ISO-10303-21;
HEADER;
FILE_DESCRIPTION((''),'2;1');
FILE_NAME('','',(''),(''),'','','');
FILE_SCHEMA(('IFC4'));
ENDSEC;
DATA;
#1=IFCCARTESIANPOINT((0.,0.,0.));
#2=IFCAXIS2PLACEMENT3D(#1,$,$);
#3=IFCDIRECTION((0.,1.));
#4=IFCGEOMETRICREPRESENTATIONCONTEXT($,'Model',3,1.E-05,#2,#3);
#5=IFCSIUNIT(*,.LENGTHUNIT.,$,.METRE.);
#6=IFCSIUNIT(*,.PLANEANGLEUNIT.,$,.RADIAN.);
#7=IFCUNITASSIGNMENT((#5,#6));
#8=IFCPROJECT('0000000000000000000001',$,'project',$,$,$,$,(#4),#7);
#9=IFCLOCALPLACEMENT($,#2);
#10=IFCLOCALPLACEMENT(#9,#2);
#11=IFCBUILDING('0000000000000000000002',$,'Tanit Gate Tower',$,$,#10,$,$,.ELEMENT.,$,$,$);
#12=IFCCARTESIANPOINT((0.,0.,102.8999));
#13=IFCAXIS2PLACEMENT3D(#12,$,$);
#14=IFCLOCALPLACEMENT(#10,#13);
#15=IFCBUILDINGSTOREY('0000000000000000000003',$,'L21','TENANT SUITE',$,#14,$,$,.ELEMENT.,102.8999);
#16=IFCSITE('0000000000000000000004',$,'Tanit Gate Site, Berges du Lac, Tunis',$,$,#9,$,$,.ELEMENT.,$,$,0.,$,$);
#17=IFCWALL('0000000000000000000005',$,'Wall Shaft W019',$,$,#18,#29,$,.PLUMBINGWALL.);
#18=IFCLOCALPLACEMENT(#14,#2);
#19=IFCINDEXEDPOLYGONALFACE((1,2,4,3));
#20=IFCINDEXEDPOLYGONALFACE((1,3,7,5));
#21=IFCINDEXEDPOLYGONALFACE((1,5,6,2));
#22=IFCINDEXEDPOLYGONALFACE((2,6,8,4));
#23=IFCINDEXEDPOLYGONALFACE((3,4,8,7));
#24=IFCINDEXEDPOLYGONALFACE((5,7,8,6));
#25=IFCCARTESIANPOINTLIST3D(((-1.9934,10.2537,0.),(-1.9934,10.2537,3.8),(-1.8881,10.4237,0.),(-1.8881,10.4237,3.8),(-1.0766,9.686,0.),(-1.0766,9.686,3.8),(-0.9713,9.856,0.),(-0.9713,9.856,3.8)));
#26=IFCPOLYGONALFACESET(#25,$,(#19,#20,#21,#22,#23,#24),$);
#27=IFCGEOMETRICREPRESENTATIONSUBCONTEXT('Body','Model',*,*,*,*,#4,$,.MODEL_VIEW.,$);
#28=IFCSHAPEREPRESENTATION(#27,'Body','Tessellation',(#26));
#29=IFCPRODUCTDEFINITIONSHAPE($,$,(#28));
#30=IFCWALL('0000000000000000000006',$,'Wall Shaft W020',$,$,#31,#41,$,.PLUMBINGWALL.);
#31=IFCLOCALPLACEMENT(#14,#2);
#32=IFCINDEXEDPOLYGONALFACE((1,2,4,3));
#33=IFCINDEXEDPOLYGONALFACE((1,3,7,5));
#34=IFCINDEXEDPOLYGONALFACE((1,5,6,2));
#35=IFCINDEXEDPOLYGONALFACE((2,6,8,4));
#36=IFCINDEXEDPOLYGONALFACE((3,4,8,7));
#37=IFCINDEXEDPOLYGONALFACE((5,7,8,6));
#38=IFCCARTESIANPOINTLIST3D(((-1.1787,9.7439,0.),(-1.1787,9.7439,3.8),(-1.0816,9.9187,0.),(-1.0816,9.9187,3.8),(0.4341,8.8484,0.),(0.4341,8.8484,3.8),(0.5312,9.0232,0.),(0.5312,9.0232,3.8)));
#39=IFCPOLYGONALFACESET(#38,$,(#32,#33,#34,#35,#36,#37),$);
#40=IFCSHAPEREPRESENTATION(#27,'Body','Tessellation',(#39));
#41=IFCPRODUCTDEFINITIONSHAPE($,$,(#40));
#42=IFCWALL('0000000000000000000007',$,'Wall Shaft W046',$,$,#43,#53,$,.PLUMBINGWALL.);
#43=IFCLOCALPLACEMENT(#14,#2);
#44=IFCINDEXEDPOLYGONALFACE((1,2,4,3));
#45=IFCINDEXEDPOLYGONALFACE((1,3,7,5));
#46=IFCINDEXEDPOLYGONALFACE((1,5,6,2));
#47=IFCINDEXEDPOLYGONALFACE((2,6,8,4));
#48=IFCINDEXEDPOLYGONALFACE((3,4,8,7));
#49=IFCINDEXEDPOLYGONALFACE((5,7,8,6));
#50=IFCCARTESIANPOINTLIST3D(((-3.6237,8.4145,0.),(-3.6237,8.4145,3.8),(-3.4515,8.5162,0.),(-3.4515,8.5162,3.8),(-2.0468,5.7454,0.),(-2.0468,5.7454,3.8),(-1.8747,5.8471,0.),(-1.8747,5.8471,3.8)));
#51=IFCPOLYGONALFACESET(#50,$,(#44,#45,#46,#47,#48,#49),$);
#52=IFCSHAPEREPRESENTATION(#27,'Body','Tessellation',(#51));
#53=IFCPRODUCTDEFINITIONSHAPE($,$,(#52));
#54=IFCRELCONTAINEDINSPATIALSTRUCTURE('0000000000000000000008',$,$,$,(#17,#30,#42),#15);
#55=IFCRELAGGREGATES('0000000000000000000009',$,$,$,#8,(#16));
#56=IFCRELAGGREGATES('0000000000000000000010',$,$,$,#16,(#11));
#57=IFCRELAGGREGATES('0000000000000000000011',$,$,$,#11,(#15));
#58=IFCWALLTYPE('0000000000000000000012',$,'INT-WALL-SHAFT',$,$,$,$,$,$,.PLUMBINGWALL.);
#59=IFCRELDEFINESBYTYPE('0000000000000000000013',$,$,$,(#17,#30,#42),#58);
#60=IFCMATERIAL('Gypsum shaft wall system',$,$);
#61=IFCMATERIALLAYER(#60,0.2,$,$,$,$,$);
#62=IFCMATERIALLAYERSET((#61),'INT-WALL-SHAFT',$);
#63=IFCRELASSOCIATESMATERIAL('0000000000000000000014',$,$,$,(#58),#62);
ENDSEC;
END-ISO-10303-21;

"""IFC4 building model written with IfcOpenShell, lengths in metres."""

from ifc_helpers import new_model, si_unit, direction, frame, frame_2d, origin, place, context, subcontext, project, spatial, rectangle, extrude, material, layer, layer_set, type_object, element, save


model = new_model("IFC4")

# Units and contexts
model_context = context("Model", 3, precision=1e-05, world=origin(), true_north=direction((0.0, 1.0)))
body_context = subcontext(model_context, "Body", "Model", "MODEL_VIEW")
ifc_project = project(units=[si_unit("LENGTHUNIT", "METRE"), si_unit("PLANEANGLEUNIT", "RADIAN")], contexts=[model_context])

# Site, building, storey
site_placement = place(None, origin())
site = spatial("IfcSite", under=ifc_project, at=site_placement, Name="Tanit Gate Site, Berges du Lac, Tunis", CompositionType="ELEMENT", RefElevation=0.0)
building_placement = place(site_placement, origin())
building = spatial("IfcBuilding", under=site, at=building_placement, Name="Tanit Gate Tower", CompositionType="ELEMENT")
storey_placement = place(building_placement, frame((0.0, 0.0, 102.8999)))
storey = spatial("IfcBuildingStorey", under=building, at=storey_placement, Name="L21", Description="TENANT SUITE", CompositionType="ELEMENT", Elevation=102.8999)

# Walls
ifc_material_1 = material(Name="Gypsum shaft wall system")
ifc_layer_1 = layer(ifc_material_1, 0.2)
ifc_layer_set_1 = layer_set([ifc_layer_1], Name="INT-WALL-SHAFT")
wall_type_1 = type_object("IfcWallType", Name="INT-WALL-SHAFT", PredefinedType="PLUMBINGWALL", material=ifc_layer_set_1)
wall_1_placement = place(storey_placement, frame((-1.9407, 10.3386, 0.0), z_axis=(0.0, 0.0, 1.0), x_axis=(0.850217, -0.526433, 0.0)))
element("IfcWall", 1, at=wall_1_placement, inside=storey, type_object=wall_type_1, Name="Wall Shaft W019", PredefinedType="PLUMBINGWALL", context=body_context, shape_type="SweptSolid", body=[
    extrude(rectangle(XDim=1.0784, YDim=0.2, at=frame_2d((0.5391, 0.0))), origin(), (0.0, 0.0, 1.0), 3.8),
])
wall_2_placement = place(storey_placement, frame((0.4827, 8.9358, 0.0), z_axis=(0.0, 0.0, 1.0), x_axis=(-0.87427, 0.485441, 0.0)))
element("IfcWall", 2, at=wall_2_placement, inside=storey, type_object=wall_type_1, Name="Wall Shaft W020", PredefinedType="PLUMBINGWALL", context=body_context, shape_type="SweptSolid", body=[
    extrude(rectangle(XDim=1.8447, YDim=0.2, at=frame_2d((0.9224, 0.0))), origin(), (0.0, 0.0, 1.0), 3.8),
])
wall_3_placement = place(storey_placement, frame((-3.5376, 8.4653, 0.0), z_axis=(0.0, 0.0, 1.0), x_axis=(0.508647, -0.860975, 0.0)))
element("IfcWall", 3, at=wall_3_placement, inside=storey, type_object=wall_type_1, Name="Wall Shaft W046", PredefinedType="PLUMBINGWALL", context=body_context, shape_type="SweptSolid", body=[
    extrude(rectangle(XDim=3.1001, YDim=0.2, at=frame_2d((1.55, 0.0))), origin(), (0.0, 0.0, 1.0), 3.8),
])

save(model, "model.ifc")
